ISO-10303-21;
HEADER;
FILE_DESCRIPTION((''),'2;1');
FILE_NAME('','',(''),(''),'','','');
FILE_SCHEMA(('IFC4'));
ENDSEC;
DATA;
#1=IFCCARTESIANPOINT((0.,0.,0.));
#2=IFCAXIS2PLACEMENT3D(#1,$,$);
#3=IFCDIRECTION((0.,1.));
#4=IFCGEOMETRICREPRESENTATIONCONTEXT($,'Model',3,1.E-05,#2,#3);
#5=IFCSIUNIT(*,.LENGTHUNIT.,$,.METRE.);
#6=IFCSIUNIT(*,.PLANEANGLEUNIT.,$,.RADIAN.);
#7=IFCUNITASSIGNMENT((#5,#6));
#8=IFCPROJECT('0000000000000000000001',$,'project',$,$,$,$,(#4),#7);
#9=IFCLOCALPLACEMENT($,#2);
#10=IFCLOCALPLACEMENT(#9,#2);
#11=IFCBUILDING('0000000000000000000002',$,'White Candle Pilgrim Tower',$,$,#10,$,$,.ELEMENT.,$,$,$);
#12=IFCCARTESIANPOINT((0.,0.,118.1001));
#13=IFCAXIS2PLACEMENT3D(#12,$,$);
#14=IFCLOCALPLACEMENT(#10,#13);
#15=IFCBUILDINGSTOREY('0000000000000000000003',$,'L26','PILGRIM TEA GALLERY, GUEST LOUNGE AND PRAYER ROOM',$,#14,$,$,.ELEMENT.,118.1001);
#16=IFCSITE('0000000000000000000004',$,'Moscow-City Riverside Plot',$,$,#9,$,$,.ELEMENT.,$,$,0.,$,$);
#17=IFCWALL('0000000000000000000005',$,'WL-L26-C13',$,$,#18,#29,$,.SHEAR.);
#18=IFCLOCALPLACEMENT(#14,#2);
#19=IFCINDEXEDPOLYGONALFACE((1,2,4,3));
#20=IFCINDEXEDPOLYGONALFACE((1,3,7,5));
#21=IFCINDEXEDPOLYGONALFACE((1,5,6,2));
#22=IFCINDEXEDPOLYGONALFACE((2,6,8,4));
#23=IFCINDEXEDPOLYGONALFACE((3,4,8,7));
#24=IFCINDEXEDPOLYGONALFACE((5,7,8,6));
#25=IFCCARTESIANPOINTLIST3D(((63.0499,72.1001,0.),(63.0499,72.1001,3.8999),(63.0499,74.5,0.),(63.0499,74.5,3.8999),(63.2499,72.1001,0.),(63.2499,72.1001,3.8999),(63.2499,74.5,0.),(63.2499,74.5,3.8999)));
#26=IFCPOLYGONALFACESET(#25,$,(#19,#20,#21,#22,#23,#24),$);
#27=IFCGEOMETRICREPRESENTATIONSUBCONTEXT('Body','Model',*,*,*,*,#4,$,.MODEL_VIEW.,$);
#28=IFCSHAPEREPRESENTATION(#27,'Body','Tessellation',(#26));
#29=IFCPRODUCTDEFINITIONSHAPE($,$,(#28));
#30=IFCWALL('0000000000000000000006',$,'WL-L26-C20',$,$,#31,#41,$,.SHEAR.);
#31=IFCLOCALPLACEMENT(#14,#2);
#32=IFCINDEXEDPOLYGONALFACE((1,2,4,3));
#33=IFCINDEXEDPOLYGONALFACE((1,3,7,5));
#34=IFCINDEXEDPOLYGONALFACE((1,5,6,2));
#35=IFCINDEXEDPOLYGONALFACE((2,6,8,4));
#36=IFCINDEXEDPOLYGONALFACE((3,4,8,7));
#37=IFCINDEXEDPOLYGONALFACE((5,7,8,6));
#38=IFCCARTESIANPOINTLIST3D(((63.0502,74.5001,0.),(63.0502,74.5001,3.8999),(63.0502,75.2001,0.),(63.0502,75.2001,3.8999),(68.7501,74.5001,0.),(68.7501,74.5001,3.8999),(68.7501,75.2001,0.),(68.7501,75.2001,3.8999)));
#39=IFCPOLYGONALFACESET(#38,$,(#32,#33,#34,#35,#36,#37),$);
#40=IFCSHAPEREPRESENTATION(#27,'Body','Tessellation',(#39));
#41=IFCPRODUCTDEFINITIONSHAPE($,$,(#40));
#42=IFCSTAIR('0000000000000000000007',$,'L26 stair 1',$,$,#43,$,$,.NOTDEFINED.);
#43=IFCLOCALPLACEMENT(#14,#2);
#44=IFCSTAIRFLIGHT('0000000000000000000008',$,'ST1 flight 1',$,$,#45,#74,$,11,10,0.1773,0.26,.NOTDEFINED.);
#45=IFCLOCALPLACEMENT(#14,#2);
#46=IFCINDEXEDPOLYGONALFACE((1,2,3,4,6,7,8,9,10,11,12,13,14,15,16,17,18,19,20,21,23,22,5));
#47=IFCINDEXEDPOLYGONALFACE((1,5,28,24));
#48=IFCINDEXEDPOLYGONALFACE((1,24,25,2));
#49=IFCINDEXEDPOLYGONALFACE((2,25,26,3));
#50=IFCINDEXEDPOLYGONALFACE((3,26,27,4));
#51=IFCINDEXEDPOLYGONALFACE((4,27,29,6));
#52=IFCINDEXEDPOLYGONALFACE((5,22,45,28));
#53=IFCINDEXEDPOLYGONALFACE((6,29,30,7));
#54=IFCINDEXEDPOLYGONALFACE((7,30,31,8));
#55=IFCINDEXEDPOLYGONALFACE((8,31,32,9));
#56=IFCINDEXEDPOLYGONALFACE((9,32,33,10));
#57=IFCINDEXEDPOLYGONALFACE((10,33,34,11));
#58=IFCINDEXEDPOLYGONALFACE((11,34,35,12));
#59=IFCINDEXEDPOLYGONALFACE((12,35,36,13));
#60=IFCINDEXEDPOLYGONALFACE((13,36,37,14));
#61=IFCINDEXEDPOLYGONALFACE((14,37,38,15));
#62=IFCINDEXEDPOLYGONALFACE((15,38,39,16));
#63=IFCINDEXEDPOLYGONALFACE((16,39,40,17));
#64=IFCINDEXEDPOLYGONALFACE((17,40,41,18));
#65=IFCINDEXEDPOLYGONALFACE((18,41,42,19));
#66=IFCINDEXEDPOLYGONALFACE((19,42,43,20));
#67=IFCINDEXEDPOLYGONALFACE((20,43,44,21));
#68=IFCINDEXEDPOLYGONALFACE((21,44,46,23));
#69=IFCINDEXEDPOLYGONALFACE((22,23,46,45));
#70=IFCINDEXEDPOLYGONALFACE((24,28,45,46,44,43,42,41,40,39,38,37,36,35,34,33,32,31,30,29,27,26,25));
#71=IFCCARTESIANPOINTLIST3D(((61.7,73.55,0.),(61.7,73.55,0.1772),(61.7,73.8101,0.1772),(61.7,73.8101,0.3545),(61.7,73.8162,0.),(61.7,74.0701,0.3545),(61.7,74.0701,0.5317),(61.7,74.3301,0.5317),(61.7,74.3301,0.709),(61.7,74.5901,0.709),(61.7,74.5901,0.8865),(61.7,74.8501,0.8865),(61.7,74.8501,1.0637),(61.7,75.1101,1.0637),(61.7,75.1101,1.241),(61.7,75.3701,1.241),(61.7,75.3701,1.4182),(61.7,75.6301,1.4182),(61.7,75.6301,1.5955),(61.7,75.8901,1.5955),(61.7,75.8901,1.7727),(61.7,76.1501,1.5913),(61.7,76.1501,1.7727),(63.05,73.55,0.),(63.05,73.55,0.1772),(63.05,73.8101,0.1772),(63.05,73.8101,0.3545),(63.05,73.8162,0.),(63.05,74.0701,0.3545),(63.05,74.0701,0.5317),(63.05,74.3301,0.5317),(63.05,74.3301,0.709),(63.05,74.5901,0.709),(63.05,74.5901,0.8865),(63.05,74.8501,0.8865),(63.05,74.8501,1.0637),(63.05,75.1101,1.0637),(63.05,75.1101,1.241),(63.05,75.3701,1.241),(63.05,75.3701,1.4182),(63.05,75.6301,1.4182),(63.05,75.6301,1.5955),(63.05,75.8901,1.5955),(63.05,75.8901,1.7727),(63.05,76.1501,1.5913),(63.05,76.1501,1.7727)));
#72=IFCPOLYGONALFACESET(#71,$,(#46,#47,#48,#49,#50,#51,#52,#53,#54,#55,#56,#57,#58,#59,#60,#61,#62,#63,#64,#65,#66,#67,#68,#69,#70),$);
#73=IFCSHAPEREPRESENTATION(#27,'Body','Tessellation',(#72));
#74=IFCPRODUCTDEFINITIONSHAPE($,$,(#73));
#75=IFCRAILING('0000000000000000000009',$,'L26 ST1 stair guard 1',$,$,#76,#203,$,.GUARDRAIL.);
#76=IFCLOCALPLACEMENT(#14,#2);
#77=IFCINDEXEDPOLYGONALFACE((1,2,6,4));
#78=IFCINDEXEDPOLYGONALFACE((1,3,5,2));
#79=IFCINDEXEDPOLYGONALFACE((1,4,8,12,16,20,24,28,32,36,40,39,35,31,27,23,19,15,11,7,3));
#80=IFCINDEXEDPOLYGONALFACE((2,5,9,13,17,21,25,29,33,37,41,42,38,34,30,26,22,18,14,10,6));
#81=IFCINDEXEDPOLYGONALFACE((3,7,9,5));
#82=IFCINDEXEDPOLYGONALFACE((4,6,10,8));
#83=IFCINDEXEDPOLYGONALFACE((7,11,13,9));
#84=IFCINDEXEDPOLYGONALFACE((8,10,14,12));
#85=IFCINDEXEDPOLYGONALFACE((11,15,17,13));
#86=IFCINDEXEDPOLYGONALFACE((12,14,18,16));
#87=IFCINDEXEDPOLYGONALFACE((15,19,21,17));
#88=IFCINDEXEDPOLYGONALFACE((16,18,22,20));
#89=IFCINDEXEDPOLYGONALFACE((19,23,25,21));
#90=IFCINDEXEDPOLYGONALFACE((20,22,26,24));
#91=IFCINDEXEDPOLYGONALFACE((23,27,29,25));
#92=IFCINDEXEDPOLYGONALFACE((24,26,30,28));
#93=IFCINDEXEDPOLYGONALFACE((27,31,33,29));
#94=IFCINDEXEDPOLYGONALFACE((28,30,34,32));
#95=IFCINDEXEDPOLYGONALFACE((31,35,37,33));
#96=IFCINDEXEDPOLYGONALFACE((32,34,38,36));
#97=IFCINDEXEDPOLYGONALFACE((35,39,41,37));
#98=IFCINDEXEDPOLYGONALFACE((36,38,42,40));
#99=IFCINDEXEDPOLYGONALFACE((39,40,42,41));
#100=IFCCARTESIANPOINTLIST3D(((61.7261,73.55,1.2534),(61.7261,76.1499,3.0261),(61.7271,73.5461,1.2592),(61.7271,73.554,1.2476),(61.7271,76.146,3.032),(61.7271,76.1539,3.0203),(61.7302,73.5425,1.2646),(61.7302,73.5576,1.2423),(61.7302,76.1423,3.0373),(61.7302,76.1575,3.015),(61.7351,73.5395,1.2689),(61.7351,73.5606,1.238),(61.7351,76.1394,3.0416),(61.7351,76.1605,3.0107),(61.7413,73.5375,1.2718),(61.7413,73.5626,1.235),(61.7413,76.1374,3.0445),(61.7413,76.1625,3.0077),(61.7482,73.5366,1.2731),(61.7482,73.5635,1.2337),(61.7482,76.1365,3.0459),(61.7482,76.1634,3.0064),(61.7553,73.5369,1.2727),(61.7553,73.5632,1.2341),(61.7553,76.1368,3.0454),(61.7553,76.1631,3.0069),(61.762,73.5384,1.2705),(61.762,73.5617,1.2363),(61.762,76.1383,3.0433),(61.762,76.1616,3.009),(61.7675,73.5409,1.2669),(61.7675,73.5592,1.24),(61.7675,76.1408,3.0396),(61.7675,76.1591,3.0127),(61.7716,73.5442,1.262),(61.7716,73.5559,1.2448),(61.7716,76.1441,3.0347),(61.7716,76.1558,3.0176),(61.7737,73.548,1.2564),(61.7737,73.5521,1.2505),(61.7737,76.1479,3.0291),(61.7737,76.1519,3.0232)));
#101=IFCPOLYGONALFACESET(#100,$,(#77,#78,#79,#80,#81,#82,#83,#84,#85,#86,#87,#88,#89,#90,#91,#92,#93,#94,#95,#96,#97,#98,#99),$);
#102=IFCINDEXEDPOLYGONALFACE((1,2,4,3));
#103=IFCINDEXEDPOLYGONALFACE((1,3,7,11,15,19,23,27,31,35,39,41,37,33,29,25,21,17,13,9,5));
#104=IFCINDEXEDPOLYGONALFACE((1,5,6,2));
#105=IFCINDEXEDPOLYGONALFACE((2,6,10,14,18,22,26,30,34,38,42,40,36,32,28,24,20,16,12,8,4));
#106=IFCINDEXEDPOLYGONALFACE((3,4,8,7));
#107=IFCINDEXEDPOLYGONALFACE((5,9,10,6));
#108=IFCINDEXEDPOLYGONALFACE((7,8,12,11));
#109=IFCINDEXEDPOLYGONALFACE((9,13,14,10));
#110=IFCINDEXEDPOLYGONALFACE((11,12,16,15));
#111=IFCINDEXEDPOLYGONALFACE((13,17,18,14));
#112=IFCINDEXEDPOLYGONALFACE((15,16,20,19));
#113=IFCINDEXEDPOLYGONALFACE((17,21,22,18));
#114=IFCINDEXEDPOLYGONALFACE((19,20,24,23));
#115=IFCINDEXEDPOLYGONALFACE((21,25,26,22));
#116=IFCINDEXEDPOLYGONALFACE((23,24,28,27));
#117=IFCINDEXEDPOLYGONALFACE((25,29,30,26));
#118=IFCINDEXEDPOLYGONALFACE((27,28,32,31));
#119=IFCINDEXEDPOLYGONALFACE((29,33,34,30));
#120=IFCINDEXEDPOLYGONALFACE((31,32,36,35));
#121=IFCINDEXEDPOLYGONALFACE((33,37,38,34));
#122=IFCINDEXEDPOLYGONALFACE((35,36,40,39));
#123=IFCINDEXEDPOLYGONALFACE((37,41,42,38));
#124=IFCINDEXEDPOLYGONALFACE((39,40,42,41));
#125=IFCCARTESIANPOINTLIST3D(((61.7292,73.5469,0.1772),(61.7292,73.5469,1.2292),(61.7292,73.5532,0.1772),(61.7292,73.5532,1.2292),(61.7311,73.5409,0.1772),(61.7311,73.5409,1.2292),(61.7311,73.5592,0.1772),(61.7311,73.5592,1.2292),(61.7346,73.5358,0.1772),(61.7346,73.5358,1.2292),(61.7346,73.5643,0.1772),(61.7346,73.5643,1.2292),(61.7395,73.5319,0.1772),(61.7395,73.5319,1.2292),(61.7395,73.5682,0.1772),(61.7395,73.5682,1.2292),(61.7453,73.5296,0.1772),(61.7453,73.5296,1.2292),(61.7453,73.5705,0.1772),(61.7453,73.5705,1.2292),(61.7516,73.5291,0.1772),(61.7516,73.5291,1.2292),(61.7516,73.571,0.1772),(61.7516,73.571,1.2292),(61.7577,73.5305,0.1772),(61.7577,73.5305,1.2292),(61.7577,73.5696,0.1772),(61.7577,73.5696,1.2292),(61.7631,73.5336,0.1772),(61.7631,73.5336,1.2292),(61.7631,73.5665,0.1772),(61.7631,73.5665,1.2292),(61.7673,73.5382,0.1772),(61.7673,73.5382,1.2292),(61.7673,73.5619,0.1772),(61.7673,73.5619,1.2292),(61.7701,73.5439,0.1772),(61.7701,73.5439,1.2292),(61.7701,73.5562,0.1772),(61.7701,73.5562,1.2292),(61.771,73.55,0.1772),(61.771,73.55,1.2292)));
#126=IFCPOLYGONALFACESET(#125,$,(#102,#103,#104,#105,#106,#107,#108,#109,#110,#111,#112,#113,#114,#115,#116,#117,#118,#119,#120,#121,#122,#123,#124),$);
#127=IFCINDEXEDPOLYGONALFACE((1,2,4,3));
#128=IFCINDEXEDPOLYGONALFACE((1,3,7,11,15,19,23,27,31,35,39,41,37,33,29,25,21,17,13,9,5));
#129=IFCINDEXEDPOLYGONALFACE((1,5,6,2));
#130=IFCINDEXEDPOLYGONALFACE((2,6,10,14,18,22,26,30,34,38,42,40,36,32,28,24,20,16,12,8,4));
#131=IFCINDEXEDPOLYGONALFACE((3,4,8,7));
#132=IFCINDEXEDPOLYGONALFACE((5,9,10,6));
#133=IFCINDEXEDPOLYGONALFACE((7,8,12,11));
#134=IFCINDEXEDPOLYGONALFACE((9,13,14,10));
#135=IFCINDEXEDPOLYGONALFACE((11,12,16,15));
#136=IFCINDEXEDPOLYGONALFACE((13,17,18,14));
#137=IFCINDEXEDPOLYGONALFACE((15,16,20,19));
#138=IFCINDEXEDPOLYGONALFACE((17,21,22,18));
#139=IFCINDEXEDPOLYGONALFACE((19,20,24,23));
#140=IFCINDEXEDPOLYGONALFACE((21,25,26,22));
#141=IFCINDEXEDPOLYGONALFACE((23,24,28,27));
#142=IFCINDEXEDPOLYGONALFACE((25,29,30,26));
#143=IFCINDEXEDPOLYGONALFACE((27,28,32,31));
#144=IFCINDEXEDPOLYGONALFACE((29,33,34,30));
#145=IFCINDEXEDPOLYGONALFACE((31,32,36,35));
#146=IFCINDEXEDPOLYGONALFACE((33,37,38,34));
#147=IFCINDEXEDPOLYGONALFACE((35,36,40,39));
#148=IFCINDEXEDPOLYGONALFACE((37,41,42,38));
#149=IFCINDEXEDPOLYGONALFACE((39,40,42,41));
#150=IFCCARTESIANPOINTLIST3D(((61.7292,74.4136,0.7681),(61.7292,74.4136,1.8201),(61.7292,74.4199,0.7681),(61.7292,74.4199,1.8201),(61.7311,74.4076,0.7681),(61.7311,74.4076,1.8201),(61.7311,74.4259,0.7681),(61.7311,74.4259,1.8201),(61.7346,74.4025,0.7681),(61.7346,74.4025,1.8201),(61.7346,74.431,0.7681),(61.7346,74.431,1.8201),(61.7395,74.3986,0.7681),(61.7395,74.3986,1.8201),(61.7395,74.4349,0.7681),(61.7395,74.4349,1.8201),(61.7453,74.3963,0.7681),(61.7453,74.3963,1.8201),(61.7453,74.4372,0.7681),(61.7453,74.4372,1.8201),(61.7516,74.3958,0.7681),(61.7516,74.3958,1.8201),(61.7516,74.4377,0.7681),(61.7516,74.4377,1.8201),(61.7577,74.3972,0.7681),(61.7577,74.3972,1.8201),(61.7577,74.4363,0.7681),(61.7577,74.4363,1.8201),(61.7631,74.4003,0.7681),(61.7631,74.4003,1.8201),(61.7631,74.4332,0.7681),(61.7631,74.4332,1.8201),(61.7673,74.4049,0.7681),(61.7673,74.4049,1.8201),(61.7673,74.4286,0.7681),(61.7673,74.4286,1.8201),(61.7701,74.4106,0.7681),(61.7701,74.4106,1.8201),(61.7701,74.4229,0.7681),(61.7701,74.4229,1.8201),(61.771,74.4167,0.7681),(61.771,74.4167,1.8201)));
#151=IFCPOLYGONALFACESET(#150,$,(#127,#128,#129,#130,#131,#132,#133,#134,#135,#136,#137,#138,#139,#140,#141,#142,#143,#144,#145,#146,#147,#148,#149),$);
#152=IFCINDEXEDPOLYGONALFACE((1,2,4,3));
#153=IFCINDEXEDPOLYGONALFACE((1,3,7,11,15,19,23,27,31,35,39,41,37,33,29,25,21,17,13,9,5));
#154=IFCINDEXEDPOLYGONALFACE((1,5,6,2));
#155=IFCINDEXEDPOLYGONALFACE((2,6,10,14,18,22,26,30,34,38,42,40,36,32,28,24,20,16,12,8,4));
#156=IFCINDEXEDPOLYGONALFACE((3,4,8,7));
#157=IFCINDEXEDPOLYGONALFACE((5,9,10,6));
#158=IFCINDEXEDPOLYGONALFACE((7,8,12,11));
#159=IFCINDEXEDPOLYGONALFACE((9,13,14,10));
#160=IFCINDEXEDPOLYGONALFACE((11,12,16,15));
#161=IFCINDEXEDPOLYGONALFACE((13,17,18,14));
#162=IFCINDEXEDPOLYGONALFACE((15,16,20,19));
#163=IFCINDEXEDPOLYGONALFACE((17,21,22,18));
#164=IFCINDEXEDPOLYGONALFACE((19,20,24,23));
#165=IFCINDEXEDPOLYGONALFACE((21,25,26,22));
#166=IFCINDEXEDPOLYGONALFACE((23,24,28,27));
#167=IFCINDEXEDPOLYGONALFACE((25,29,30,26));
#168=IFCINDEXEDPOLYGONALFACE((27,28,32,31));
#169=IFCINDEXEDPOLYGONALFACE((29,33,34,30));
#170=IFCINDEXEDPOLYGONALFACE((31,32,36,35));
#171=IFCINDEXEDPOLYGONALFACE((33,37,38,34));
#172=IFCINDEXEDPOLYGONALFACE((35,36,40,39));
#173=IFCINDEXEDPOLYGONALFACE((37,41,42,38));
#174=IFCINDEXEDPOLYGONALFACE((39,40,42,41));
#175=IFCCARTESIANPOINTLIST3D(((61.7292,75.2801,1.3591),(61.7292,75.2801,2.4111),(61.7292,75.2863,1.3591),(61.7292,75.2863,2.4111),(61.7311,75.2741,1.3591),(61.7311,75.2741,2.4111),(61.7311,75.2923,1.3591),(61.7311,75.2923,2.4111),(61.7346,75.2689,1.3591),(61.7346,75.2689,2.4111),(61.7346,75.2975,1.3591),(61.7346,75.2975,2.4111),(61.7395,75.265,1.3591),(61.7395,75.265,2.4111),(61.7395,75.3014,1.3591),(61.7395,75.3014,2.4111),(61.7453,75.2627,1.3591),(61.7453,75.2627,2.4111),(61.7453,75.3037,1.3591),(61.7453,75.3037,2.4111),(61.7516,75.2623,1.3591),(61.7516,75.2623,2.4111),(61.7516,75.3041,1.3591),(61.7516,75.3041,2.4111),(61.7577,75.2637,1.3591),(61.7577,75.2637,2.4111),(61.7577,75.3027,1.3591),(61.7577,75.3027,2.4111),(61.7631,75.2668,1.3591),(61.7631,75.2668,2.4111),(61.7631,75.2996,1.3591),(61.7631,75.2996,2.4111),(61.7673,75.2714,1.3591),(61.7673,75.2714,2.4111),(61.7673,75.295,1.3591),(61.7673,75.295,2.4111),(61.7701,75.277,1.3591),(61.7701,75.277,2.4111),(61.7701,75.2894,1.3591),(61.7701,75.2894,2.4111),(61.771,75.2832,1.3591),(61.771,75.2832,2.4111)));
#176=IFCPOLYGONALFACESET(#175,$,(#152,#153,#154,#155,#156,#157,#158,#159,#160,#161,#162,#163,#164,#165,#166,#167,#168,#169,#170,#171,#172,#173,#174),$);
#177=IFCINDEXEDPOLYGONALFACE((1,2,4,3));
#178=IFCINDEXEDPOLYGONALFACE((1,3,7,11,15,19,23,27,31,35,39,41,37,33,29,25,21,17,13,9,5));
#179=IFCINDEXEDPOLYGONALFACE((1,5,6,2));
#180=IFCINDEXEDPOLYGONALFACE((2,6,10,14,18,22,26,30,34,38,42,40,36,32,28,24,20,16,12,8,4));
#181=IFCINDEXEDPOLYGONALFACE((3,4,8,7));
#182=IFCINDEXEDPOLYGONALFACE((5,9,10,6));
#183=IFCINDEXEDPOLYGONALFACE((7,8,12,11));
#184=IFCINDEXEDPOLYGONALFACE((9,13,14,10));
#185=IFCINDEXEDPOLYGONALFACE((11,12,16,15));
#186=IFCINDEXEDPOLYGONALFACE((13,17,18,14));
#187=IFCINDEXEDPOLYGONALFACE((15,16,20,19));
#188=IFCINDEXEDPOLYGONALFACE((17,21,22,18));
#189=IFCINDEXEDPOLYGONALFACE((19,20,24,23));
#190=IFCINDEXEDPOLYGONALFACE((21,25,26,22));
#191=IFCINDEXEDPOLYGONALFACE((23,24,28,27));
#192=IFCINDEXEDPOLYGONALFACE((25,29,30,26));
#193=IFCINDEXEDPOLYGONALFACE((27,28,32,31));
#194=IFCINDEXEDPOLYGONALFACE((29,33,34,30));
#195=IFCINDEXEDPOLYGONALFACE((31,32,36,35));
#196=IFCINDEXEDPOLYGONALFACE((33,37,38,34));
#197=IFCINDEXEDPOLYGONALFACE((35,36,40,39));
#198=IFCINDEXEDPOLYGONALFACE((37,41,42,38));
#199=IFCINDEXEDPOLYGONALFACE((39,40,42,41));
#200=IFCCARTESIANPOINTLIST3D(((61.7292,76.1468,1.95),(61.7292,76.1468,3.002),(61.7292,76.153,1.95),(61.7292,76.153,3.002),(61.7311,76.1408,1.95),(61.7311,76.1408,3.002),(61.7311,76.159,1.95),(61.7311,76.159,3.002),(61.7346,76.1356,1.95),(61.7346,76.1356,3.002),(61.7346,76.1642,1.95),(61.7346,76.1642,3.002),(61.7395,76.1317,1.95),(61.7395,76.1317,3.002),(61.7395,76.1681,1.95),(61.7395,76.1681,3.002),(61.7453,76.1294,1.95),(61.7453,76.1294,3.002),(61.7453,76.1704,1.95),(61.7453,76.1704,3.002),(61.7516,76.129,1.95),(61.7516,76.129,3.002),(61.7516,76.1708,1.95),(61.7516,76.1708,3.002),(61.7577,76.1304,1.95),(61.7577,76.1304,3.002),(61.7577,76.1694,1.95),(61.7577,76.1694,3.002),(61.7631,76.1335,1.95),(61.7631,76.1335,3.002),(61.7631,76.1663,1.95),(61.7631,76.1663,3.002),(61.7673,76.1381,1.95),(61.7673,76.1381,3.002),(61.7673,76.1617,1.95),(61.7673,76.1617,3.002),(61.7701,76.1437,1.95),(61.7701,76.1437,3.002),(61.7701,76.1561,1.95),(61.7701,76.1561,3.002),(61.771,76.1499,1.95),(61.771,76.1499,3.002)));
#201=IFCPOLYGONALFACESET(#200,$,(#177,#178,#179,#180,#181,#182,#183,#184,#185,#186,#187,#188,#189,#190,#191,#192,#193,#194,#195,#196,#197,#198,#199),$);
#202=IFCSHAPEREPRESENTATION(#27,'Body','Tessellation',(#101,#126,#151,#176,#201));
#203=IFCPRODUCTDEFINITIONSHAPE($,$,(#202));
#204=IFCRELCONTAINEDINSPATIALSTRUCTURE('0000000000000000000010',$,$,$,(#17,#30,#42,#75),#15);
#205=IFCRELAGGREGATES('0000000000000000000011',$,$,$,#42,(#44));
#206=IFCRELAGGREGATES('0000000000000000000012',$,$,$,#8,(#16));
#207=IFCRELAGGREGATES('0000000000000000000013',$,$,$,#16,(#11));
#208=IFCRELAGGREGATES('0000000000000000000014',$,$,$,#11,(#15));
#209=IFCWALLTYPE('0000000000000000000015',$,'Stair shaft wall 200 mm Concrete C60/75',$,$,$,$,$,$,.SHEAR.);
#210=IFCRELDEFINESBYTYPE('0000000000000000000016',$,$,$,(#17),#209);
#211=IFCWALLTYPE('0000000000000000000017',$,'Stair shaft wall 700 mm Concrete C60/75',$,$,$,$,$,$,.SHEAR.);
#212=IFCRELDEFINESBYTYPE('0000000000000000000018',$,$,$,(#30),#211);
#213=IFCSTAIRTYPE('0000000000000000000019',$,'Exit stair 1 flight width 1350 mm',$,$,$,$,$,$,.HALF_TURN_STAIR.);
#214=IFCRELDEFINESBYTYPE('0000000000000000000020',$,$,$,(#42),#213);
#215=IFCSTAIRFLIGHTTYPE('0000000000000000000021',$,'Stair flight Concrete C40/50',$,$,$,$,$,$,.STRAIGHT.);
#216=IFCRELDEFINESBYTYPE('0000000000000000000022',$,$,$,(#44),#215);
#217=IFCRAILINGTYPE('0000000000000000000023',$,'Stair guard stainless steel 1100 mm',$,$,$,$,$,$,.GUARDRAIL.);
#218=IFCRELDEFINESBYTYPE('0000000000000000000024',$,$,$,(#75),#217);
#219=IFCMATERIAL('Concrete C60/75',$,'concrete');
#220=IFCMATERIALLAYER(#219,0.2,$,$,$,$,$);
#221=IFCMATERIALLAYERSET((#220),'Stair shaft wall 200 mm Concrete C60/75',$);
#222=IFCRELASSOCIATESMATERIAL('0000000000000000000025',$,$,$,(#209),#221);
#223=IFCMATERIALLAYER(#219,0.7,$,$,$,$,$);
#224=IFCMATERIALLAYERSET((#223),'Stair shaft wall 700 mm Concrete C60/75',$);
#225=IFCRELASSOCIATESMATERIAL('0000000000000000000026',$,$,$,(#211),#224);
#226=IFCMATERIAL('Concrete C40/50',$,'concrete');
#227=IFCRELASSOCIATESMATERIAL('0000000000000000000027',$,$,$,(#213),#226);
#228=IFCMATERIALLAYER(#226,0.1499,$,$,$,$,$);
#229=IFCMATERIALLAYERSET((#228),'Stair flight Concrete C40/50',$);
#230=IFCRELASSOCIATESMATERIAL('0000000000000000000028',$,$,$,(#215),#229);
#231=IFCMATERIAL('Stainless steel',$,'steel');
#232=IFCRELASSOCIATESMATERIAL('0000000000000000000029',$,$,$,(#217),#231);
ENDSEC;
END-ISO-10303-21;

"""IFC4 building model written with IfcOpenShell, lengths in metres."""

from ifc_helpers import new_model, si_unit, direction, frame, frame_2d, origin, origin_2d, place, context, subcontext, project, spatial, polyline, rectangle, circle, outline, extrude, material, layer, layer_set, type_object, element, aggregate, save


model = new_model("IFC4")

# Units and contexts
model_context = context("Model", 3, precision=1e-05, world=origin(), true_north=direction((0.0, 1.0)))
body_context = subcontext(model_context, "Body", "Model", "MODEL_VIEW")
ifc_project = project(units=[si_unit("LENGTHUNIT", "METRE"), si_unit("PLANEANGLEUNIT", "RADIAN")], contexts=[model_context])

# Site, building, storey
site_placement = place(None, origin())
site = spatial("IfcSite", under=ifc_project, at=site_placement, Name="Moscow-City Riverside Plot", CompositionType="ELEMENT", RefElevation=0.0)
building_placement = place(site_placement, origin())
building = spatial("IfcBuilding", under=site, at=building_placement, Name="White Candle Pilgrim Tower", CompositionType="ELEMENT")
storey_placement = place(building_placement, frame((0.0, 0.0, 118.1001)))
storey = spatial("IfcBuildingStorey", under=building, at=storey_placement, Name="L26", Description="PILGRIM TEA GALLERY, GUEST LOUNGE AND PRAYER ROOM", CompositionType="ELEMENT", Elevation=118.1001)

# Shared definitions
ifc_material_1 = material(Name="Concrete C60/75", Category="concrete")

# Shared definitions
ifc_material_2 = material(Name="Stainless steel", Category="steel")

# Walls
ifc_layer_1 = layer(ifc_material_1, 0.2)
ifc_layer_set_1 = layer_set([ifc_layer_1], Name="Stair shaft wall 200 mm Concrete C60/75")
wall_type_1 = type_object("IfcWallType", Name="Stair shaft wall 200 mm Concrete C60/75", PredefinedType="SHEAR", material=ifc_layer_set_1)
wall_1_placement = place(storey_placement, frame((63.1499, 72.1001, 0.0), z_axis=(0.0, 0.0, 1.0), x_axis=(0.0, 1.0, 0.0)))
element("IfcWall", 1, at=wall_1_placement, inside=storey, type_object=wall_type_1, Name="WL-L26-C13", PredefinedType="SHEAR", context=body_context, shape_type="SweptSolid", body=[
    extrude(rectangle(XDim=2.3999, YDim=0.2, at=frame_2d((1.2, 0.0))), origin(), (0.0, 0.0, 1.0), 3.8999),
])
ifc_layer_2 = layer(ifc_material_1, 0.7)
ifc_layer_set_2 = layer_set([ifc_layer_2], Name="Stair shaft wall 700 mm Concrete C60/75")
wall_type_2 = type_object("IfcWallType", Name="Stair shaft wall 700 mm Concrete C60/75", PredefinedType="SHEAR", material=ifc_layer_set_2)
wall_2_placement = place(storey_placement, frame((63.05, 74.8501, 0.0), z_axis=(0.0, 0.0, 1.0), x_axis=(1.0, 0.0, 0.0)))
element("IfcWall", 2, at=wall_2_placement, inside=storey, type_object=wall_type_2, Name="WL-L26-C20", PredefinedType="SHEAR", context=body_context, shape_type="SweptSolid", body=[
    extrude(rectangle(XDim=5.7, YDim=0.7, at=frame_2d((2.8501, 0.0))), origin(), (0.0, 0.0, 1.0), 3.8999),
])

# Stair, stair flight
ifc_material_3 = material(Name="Concrete C40/50", Category="concrete")
stair_type = type_object("IfcStairType", Name="Exit stair 1 flight width 1350 mm", PredefinedType="HALF_TURN_STAIR", material=ifc_material_3)
stair_placement = place(storey_placement, origin())
stair = element("IfcStair", 3, at=stair_placement, inside=storey, type_object=stair_type, Name="L26 stair 1", PredefinedType="NOTDEFINED")
ifc_layer_3 = layer(ifc_material_3, 0.1499)
ifc_layer_set_3 = layer_set([ifc_layer_3], Name="Stair flight Concrete C40/50")
stair_flight_type = type_object("IfcStairFlightType", Name="Stair flight Concrete C40/50", PredefinedType="STRAIGHT", material=ifc_layer_set_3)
stair_flight_placement = place(storey_placement, frame((62.375, 73.55, 0.0), z_axis=(0.0, 0.0, 1.0), x_axis=(0.0, 1.0, 0.0)))
stair_flight = element("IfcStairFlight", 4, at=stair_flight_placement, type_object=stair_flight_type, Name="ST1 flight 1", NumberOfRisers=11, NumberOfTreads=10, PredefinedType="NOTDEFINED", RiserHeight=0.1773, TreadLength=0.26, context=body_context, shape_type="SweptSolid", body=[
    extrude(outline(polyline([(0.0, 0.0), (0.0, 0.1772), (0.26, 0.1772), (0.26, 0.3545), (0.52, 0.3545), (0.52, 0.5317), (0.78, 0.5317), (0.78, 0.709), (1.04, 0.709), (1.04, 0.8865), (1.3, 0.8865), (1.3, 1.0637), (1.5601, 1.0637), (1.5601, 1.241), (1.8201, 1.241), (1.8201, 1.4182), (2.0801, 1.4182), (2.0801, 1.5955), (2.3401, 1.5955), (2.3401, 1.7727), (2.6001, 1.7727), (2.6001, 1.95), (2.6001, 1.5913), (0.2661, 0.0), (0.0, 0.0)])), frame((0.0, 0.675, 0.0), z_axis=(0.0, -1.0, 0.0), x_axis=(1.0, 0.0, 0.0)), (0.0, 0.0, 1.0), 1.3501),
])
aggregate(stair, [stair_flight])

# Railing
railing_type_1 = type_object("IfcRailingType", Name="Stair guard stainless steel 1100 mm", PredefinedType="GUARDRAIL", material=ifc_material_2)
railing_1_placement = place(storey_placement, frame((61.75, 73.55, 0.1772)))
element("IfcRailing", 5, at=railing_1_placement, inside=storey, type_object=railing_type_1, Name="L26 ST1 stair guard 1", PredefinedType="GUARDRAIL", context=body_context, shape_type="SweptSolid", body=[
    extrude(circle(Radius=0.0239, at=origin_2d()), frame((0.0, 0.0, 1.0762), z_axis=(0.0, 0.826216, 0.563354), x_axis=(-1.0, 0.0, 0.0)), (0.0, 0.0, 1.0), 3.1467),
    extrude(circle(Radius=0.021, at=origin_2d()), origin(), (0.0, 0.0, 1.0), 1.052),
    extrude(circle(Radius=0.021, at=origin_2d()), frame((0.0, 0.8667, 0.5908)), (0.0, 0.0, 1.0), 1.052),
    extrude(circle(Radius=0.021, at=origin_2d()), frame((0.0, 1.7332, 1.1819)), (0.0, 0.0, 1.0), 1.052),
    extrude(circle(Radius=0.021, at=origin_2d()), frame((0.0, 2.5999, 1.7727)), (0.0, 0.0, 1.0), 1.052),
])

save(model, "model.ifc")
